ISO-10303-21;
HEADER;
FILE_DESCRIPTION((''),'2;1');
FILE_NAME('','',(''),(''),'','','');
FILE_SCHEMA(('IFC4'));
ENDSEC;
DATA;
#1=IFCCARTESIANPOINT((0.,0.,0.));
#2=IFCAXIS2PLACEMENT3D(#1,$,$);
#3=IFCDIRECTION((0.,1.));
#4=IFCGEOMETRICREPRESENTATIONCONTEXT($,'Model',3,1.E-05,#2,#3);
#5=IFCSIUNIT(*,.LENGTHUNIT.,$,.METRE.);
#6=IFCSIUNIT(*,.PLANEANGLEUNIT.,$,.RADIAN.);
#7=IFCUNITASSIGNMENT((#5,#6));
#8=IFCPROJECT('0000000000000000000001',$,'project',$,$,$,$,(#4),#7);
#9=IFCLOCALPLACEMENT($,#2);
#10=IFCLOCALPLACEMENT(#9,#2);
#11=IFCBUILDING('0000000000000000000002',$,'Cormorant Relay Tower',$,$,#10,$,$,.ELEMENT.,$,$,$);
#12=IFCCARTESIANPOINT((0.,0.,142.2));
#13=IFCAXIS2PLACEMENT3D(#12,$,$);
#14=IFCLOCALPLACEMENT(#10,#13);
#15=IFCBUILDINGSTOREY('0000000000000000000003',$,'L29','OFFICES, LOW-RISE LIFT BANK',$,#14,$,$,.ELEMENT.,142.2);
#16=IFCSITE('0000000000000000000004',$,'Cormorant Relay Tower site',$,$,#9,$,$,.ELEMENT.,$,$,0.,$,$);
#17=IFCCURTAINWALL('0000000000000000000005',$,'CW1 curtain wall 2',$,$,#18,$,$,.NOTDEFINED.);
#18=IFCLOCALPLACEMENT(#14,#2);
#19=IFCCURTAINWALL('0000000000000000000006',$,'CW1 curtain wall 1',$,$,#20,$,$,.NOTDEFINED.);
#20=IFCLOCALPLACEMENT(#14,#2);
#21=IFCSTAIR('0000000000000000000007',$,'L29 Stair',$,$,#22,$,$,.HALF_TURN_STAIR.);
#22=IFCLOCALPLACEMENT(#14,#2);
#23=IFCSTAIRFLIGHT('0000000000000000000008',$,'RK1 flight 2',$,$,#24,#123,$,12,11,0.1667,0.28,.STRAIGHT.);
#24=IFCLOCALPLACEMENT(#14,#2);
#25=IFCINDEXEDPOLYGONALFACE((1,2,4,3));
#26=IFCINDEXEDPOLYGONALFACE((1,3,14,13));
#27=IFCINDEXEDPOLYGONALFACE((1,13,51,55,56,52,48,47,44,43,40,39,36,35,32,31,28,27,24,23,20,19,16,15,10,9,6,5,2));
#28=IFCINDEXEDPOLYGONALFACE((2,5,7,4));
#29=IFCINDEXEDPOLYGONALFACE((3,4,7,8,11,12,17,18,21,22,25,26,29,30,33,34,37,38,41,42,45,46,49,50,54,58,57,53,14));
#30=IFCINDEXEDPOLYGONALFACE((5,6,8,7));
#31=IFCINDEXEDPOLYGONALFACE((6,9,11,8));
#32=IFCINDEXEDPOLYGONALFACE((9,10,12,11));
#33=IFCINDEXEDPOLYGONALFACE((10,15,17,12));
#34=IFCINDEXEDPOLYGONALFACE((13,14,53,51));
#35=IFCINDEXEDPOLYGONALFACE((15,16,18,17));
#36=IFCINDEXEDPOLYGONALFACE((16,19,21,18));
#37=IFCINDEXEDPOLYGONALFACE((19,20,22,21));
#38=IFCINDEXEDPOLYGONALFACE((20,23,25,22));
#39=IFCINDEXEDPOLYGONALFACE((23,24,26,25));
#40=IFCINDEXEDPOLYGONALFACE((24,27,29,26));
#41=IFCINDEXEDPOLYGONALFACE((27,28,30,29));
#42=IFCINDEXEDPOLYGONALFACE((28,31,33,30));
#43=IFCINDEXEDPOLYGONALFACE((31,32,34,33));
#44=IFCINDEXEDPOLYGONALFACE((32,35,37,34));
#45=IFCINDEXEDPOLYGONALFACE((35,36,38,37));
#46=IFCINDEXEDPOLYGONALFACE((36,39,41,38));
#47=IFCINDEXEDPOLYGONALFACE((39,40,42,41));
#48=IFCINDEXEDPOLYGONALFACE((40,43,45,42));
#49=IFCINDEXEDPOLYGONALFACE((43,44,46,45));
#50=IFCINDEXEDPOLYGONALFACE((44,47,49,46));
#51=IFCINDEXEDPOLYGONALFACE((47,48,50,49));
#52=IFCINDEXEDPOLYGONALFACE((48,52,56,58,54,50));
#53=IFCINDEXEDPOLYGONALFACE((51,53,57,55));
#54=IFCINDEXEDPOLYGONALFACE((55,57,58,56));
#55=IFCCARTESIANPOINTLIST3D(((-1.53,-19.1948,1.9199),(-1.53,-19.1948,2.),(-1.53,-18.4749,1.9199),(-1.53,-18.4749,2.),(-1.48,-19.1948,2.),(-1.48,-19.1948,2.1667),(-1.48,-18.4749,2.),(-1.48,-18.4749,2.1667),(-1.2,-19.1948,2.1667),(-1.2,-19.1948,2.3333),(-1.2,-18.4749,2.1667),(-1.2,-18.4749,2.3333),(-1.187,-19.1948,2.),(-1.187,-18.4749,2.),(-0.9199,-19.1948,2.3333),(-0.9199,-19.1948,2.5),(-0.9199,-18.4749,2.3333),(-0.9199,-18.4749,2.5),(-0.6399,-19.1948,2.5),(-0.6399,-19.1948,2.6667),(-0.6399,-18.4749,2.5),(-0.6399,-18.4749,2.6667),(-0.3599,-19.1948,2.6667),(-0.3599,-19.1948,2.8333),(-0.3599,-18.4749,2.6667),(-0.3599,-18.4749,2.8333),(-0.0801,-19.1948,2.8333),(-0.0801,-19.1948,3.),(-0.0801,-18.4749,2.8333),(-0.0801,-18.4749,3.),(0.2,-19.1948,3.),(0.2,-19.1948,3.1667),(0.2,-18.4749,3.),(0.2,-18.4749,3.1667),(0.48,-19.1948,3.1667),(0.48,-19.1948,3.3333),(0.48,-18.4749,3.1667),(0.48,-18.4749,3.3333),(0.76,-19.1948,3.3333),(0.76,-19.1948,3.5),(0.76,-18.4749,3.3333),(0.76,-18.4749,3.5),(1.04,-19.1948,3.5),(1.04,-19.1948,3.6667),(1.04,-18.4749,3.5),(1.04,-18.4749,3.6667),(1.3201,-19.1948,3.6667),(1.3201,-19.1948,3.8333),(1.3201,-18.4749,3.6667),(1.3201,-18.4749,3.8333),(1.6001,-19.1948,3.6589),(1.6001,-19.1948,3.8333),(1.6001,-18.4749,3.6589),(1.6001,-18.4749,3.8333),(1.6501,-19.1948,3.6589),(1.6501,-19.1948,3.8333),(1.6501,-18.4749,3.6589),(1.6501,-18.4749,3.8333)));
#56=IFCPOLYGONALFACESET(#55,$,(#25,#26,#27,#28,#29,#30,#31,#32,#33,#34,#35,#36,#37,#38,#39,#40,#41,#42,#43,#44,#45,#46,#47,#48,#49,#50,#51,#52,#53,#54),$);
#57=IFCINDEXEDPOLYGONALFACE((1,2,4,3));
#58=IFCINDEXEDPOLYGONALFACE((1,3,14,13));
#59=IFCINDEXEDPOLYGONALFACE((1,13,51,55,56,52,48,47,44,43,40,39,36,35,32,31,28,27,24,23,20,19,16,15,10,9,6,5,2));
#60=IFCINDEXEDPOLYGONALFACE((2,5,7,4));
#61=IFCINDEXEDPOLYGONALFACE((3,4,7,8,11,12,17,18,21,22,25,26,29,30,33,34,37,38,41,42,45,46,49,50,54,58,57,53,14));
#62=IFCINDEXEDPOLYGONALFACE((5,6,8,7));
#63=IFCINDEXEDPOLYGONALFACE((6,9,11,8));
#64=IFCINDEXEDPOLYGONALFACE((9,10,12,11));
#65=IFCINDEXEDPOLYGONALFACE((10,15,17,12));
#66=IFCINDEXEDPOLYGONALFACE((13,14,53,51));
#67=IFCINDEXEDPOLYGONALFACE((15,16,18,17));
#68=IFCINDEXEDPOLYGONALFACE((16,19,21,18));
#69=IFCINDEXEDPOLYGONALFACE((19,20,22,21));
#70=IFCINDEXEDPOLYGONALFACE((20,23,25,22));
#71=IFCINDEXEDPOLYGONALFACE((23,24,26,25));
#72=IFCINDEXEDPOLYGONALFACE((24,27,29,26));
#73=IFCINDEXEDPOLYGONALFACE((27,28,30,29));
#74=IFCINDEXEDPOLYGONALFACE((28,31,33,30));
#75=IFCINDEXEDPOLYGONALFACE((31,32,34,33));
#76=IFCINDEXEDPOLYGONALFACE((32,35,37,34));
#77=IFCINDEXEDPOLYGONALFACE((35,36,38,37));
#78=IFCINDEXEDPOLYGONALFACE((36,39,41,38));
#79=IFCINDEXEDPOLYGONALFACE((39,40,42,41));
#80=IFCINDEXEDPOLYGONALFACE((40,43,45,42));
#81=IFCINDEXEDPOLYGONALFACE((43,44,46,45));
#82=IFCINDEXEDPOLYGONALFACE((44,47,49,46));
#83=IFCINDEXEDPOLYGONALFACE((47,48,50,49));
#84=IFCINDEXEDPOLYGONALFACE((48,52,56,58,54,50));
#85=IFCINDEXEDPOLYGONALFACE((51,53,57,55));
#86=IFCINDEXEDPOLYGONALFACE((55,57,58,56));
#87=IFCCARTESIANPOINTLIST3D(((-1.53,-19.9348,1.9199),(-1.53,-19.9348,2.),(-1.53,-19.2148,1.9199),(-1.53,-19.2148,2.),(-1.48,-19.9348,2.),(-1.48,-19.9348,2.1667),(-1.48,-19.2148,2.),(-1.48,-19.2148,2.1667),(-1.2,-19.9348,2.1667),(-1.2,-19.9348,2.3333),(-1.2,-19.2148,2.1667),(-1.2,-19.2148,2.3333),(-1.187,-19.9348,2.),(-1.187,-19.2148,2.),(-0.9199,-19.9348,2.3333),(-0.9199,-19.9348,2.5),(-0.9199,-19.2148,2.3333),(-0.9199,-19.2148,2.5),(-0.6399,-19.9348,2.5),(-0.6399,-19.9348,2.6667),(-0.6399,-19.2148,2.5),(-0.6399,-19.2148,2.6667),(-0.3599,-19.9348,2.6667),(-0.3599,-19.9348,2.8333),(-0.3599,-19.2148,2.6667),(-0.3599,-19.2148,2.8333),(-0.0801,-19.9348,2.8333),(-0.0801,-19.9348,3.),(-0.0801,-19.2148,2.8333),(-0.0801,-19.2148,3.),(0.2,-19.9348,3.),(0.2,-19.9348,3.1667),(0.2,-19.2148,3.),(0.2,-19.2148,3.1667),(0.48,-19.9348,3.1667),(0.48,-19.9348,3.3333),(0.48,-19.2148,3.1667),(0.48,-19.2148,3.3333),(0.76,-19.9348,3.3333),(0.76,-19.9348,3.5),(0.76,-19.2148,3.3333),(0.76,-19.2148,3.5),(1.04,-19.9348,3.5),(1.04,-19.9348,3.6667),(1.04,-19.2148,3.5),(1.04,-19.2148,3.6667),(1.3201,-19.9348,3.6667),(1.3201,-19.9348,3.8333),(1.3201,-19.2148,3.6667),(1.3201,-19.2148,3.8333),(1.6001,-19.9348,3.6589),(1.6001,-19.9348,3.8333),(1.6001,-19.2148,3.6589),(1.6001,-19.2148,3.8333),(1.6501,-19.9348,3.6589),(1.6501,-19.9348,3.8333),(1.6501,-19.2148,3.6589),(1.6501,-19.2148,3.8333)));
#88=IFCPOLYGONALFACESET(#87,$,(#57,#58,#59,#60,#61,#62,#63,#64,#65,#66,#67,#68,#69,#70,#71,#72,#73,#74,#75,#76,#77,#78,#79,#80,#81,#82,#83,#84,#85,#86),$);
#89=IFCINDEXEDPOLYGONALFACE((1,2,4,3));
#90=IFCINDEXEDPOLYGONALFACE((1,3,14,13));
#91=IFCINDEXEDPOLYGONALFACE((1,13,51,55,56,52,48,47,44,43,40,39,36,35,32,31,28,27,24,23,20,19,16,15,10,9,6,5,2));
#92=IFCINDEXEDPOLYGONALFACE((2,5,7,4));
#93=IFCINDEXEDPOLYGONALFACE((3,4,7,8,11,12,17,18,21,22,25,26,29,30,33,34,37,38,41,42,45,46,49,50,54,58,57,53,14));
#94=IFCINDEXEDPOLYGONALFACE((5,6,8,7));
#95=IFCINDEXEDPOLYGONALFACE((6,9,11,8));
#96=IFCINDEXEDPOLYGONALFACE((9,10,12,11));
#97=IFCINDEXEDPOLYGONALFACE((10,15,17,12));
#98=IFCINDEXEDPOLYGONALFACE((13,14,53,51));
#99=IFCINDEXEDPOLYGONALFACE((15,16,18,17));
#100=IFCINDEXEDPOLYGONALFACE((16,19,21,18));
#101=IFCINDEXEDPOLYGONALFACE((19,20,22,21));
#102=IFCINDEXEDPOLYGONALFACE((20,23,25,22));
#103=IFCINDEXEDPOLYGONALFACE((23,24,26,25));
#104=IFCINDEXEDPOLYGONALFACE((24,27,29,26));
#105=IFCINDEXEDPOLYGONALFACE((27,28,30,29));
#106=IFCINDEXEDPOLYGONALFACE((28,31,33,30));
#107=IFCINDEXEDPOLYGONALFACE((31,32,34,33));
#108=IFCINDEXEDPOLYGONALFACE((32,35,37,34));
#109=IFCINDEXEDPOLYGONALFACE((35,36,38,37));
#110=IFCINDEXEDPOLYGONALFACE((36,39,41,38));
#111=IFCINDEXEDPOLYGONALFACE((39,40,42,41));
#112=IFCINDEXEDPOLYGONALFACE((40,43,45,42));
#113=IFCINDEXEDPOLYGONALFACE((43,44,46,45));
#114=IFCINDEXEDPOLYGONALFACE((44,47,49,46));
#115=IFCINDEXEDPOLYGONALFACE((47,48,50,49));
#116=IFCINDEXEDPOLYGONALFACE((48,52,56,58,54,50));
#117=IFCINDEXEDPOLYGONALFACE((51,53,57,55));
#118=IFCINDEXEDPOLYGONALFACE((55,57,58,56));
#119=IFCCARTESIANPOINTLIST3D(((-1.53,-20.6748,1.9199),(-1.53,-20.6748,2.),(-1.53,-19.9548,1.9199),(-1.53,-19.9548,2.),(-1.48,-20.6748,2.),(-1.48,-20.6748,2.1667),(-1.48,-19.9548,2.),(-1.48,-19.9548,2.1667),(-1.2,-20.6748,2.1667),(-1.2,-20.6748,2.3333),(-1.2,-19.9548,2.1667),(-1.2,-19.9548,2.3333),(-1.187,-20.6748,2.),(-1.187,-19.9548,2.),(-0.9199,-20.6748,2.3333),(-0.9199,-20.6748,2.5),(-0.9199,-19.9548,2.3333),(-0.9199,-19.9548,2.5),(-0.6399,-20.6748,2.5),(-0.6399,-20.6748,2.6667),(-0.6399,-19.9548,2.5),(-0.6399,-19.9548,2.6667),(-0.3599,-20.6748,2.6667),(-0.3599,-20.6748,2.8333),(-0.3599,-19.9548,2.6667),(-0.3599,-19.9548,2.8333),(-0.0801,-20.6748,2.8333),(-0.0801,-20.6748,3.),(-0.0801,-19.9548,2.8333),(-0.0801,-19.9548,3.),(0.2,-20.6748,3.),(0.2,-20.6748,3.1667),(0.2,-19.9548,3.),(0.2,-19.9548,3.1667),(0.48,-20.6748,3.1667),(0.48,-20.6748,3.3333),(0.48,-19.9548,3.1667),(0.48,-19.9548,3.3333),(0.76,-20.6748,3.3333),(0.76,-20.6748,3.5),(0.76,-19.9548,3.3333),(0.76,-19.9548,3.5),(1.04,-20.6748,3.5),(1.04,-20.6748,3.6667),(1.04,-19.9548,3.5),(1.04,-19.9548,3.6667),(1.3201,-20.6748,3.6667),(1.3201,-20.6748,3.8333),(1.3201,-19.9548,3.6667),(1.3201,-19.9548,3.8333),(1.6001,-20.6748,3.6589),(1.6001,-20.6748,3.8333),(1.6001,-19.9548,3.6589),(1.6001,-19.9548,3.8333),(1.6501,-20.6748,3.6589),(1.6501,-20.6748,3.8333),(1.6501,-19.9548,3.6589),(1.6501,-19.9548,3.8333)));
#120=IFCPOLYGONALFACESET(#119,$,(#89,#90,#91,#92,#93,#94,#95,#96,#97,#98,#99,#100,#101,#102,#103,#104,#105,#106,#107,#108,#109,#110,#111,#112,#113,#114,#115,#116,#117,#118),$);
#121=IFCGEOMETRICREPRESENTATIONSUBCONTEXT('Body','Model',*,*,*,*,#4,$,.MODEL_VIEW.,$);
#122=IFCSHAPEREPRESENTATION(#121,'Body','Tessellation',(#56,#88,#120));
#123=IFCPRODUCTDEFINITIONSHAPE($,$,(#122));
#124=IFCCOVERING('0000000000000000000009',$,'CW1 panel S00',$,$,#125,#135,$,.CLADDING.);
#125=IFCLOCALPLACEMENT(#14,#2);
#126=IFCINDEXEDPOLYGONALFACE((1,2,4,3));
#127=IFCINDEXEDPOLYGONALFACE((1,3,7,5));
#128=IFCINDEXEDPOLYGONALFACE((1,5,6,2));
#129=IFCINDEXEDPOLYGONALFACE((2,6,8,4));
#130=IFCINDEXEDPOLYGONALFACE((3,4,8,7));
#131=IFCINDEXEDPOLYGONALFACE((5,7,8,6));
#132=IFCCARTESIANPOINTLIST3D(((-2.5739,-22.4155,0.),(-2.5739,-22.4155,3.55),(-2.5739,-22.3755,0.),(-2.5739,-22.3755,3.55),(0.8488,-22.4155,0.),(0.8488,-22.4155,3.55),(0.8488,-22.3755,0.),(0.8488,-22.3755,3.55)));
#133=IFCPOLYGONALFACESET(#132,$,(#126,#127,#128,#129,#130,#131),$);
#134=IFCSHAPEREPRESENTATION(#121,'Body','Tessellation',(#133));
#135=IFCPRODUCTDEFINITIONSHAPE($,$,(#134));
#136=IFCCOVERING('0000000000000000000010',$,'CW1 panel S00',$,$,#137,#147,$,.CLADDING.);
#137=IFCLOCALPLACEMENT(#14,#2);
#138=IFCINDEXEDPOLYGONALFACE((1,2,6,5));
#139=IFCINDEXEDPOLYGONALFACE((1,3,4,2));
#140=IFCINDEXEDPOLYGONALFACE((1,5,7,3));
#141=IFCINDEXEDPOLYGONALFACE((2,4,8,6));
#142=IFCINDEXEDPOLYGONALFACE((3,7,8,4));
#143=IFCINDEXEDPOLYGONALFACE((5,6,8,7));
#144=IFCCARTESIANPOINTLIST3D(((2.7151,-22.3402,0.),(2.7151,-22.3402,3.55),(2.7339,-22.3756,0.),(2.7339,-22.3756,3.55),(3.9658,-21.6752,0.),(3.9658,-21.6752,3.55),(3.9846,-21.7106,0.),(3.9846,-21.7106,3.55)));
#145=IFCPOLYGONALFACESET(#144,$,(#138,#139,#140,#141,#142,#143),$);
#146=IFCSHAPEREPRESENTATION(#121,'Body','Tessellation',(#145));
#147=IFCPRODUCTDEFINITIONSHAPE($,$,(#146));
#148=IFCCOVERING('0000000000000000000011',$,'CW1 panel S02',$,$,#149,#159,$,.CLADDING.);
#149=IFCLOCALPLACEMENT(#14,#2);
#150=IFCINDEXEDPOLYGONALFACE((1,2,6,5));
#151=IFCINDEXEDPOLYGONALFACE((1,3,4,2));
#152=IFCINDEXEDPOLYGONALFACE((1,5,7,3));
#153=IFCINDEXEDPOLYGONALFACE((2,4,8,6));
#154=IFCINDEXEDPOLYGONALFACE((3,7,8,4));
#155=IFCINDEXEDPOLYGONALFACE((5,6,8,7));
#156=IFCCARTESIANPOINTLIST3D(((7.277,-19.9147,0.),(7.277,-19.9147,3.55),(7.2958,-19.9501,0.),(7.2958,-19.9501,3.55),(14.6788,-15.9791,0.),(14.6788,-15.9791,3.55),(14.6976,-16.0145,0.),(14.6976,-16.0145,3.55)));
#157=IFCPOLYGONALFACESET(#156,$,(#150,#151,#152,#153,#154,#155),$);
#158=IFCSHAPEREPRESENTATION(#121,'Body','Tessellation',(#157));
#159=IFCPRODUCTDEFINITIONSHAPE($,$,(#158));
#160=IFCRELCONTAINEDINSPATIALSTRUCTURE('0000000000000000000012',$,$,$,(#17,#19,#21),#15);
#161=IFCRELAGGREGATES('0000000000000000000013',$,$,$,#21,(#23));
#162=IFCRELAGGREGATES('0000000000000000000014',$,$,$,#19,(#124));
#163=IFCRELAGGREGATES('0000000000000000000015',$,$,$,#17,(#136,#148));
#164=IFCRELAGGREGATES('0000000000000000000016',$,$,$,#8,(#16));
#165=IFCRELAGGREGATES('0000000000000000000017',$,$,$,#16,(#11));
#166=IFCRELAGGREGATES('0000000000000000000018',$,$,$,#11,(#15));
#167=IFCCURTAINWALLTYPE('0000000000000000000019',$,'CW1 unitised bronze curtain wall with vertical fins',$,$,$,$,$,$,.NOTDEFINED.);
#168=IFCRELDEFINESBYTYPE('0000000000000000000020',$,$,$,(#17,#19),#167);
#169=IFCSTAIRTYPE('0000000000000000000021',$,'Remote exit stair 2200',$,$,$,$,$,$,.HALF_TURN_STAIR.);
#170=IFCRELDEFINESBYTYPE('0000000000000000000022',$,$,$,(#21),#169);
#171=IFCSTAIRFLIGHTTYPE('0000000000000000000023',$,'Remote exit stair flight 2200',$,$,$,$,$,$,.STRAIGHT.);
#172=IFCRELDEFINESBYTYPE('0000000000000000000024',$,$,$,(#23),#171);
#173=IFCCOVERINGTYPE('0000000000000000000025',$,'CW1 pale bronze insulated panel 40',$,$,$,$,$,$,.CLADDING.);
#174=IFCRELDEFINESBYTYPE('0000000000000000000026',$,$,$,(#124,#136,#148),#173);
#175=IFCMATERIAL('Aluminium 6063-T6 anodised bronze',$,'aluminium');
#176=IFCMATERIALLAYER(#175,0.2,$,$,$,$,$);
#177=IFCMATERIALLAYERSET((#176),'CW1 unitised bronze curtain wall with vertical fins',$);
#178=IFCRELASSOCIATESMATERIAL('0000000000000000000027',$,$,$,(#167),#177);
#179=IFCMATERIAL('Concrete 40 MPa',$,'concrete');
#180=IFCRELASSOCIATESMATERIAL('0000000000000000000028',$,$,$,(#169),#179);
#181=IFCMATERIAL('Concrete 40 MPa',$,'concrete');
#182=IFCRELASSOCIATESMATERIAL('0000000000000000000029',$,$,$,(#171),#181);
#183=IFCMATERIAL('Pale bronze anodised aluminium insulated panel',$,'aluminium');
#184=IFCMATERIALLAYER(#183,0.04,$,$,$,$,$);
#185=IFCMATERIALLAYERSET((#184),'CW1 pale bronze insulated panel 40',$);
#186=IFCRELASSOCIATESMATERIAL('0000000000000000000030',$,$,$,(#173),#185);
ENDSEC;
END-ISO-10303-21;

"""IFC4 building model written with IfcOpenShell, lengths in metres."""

from ifc_helpers import new_model, si_unit, direction, frame, origin, origin_2d, place, context, subcontext, project, spatial, polyline, rectangle, outline, extrude, material, layer, layer_set, type_object, element, aggregate, save


model = new_model("IFC4")

# Units and contexts
model_context = context("Model", 3, precision=1e-05, world=origin(), true_north=direction((0.0, 1.0)))
body_context = subcontext(model_context, "Body", "Model", "MODEL_VIEW")
ifc_project = project(units=[si_unit("LENGTHUNIT", "METRE"), si_unit("PLANEANGLEUNIT", "RADIAN")], contexts=[model_context])

# Site, building, storey
site_placement = place(None, origin())
site = spatial("IfcSite", under=ifc_project, at=site_placement, Name="Cormorant Relay Tower site", CompositionType="ELEMENT", RefElevation=0.0)
building_placement = place(site_placement, origin())
building = spatial("IfcBuilding", under=site, at=building_placement, Name="Cormorant Relay Tower", CompositionType="ELEMENT")
storey_placement = place(building_placement, frame((0.0, 0.0, 142.2)))
storey = spatial("IfcBuildingStorey", under=building, at=storey_placement, Name="L29", Description="OFFICES, LOW-RISE LIFT BANK", CompositionType="ELEMENT", Elevation=142.2)

# Curtain wall
ifc_material_1 = material(Name="Aluminium 6063-T6 anodised bronze", Category="aluminium")
ifc_layer_1 = layer(ifc_material_1, 0.2)
ifc_layer_set_1 = layer_set([ifc_layer_1], Name="CW1 unitised bronze curtain wall with vertical fins")
curtain_wall_type = type_object("IfcCurtainWallType", Name="CW1 unitised bronze curtain wall with vertical fins", PredefinedType="NOTDEFINED", material=ifc_layer_set_1)
curtain_wall_1_placement = place(storey_placement, origin())
curtain_wall_1 = element("IfcCurtainWall", 1, at=curtain_wall_1_placement, inside=storey, type_object=curtain_wall_type, Name="CW1 curtain wall 2", PredefinedType="NOTDEFINED")

# Curtain wall
curtain_wall_2_placement = place(storey_placement, origin())
curtain_wall_2 = element("IfcCurtainWall", 2, at=curtain_wall_2_placement, inside=storey, type_object=curtain_wall_type, Name="CW1 curtain wall 1", PredefinedType="NOTDEFINED")

# Stair, stair flight
ifc_material_2 = material(Name="Concrete 40 MPa", Category="concrete")
stair_type = type_object("IfcStairType", Name="Remote exit stair 2200", PredefinedType="HALF_TURN_STAIR", material=ifc_material_2)
stair_placement = place(storey_placement, origin())
stair = element("IfcStair", 3, at=stair_placement, inside=storey, type_object=stair_type, Name="L29 Stair", PredefinedType="HALF_TURN_STAIR")
ifc_material_3 = material(Name="Concrete 40 MPa", Category="concrete")
stair_flight_type = type_object("IfcStairFlightType", Name="Remote exit stair flight 2200", PredefinedType="STRAIGHT", material=ifc_material_3)
stair_flight_1_placement = place(storey_placement, frame((-1.48, -19.575, 2.0), z_axis=(0.0, 0.0, 1.0), x_axis=(1.0, 0.0, 0.0)))
stair_flight_1 = element("IfcStairFlight", 4, at=stair_flight_1_placement, type_object=stair_flight_type, Name="RK1 flight 2", NumberOfRisers=12, NumberOfTreads=11, PredefinedType="STRAIGHT", RiserHeight=0.1667, TreadLength=0.28, context=body_context, shape_type="SweptSolid", body=[
    extrude(outline(polyline([(-0.05, -0.0801), (-0.05, 0.0), (0.0, 0.0), (0.0, 0.1667), (0.28, 0.1667), (0.28, 0.3333), (0.5601, 0.3333), (0.5601, 0.5), (0.8401, 0.5), (0.8401, 0.6667), (1.1201, 0.6667), (1.1201, 0.8333), (1.3999, 0.8333), (1.3999, 1.0), (1.6799, 1.0), (1.6799, 1.1667), (1.96, 1.1667), (1.96, 1.3333), (2.24, 1.3333), (2.24, 1.5), (2.52, 1.5), (2.52, 1.6667), (2.8, 1.6667), (2.8, 1.8333), (3.0801, 1.8333), (3.1301, 1.8333), (3.1301, 1.6589), (3.0801, 1.6589), (0.293, 0.0), (-0.05, -0.0801)])), frame((0.0, 1.1001, 0.0), z_axis=(0.0, -1.0, 0.0), x_axis=(1.0, 0.0, 0.0)), (0.0, 0.0, 1.0), 0.72),
    extrude(outline(polyline([(-0.05, -0.0801), (-0.05, 0.0), (0.0, 0.0), (0.0, 0.1667), (0.28, 0.1667), (0.28, 0.3333), (0.5601, 0.3333), (0.5601, 0.5), (0.8401, 0.5), (0.8401, 0.6667), (1.1201, 0.6667), (1.1201, 0.8333), (1.3999, 0.8333), (1.3999, 1.0), (1.6799, 1.0), (1.6799, 1.1667), (1.96, 1.1667), (1.96, 1.3333), (2.24, 1.3333), (2.24, 1.5), (2.52, 1.5), (2.52, 1.6667), (2.8, 1.6667), (2.8, 1.8333), (3.0801, 1.8333), (3.1301, 1.8333), (3.1301, 1.6589), (3.0801, 1.6589), (0.293, 0.0), (-0.05, -0.0801)])), frame((0.0, 0.3601, 0.0), z_axis=(0.0, -1.0, 0.0), x_axis=(1.0, 0.0, 0.0)), (0.0, 0.0, 1.0), 0.72),
    extrude(outline(polyline([(-0.05, -0.0801), (-0.05, 0.0), (0.0, 0.0), (0.0, 0.1667), (0.28, 0.1667), (0.28, 0.3333), (0.5601, 0.3333), (0.5601, 0.5), (0.8401, 0.5), (0.8401, 0.6667), (1.1201, 0.6667), (1.1201, 0.8333), (1.3999, 0.8333), (1.3999, 1.0), (1.6799, 1.0), (1.6799, 1.1667), (1.96, 1.1667), (1.96, 1.3333), (2.24, 1.3333), (2.24, 1.5), (2.52, 1.5), (2.52, 1.6667), (2.8, 1.6667), (2.8, 1.8333), (3.0801, 1.8333), (3.1301, 1.8333), (3.1301, 1.6589), (3.0801, 1.6589), (0.293, 0.0), (-0.05, -0.0801)])), frame((0.0, -0.3799, 0.0), z_axis=(0.0, -1.0, 0.0), x_axis=(1.0, 0.0, 0.0)), (0.0, 0.0, 1.0), 0.72),
])
aggregate(stair, [stair_flight_1])

# Coverings
ifc_material_4 = material(Name="Pale bronze anodised aluminium insulated panel", Category="aluminium")
ifc_layer_2 = layer(ifc_material_4, 0.04)
ifc_layer_set_2 = layer_set([ifc_layer_2], Name="CW1 pale bronze insulated panel 40")
covering_type = type_object("IfcCoveringType", Name="CW1 pale bronze insulated panel 40", PredefinedType="CLADDING", material=ifc_layer_set_2)
covering_1_placement = place(storey_placement, frame((-0.8625, -22.3955, 0.0), z_axis=(0.0, 0.0, 1.0), x_axis=(1.0, 0.0, 0.0)))
covering_1 = element("IfcCovering", 5, at=covering_1_placement, type_object=covering_type, Name="CW1 panel S00", PredefinedType="CLADDING", context=body_context, shape_type="SweptSolid", body=[
    extrude(rectangle(XDim=3.4226, YDim=0.04, at=origin_2d()), origin(), (0.0, 0.0, 1.0), 3.55),
])
aggregate(curtain_wall_2, [covering_1])
covering_2_placement = place(storey_placement, frame((3.3499, -22.0254, 0.0), z_axis=(0.0, 0.0, 1.0), x_axis=(0.882948, 0.469472, 0.0)))
covering_2 = element("IfcCovering", 6, at=covering_2_placement, type_object=covering_type, Name="CW1 panel S00", PredefinedType="CLADDING", context=body_context, shape_type="SweptSolid", body=[
    extrude(rectangle(XDim=1.4165, YDim=0.04, at=origin_2d()), origin(), (0.0, 0.0, 1.0), 3.55),
])
covering_3_placement = place(storey_placement, frame((10.9873, -17.9646, 0.0), z_axis=(0.0, 0.0, 1.0), x_axis=(0.882948, 0.469472, 0.0)))
covering_3 = element("IfcCovering", 7, at=covering_3_placement, type_object=covering_type, Name="CW1 panel S02", PredefinedType="CLADDING", context=body_context, shape_type="SweptSolid", body=[
    extrude(rectangle(XDim=8.3831, YDim=0.04, at=origin_2d()), origin(), (0.0, 0.0, 1.0), 3.55),
])
aggregate(curtain_wall_1, [covering_2, covering_3])

save(model, "model.ifc")
